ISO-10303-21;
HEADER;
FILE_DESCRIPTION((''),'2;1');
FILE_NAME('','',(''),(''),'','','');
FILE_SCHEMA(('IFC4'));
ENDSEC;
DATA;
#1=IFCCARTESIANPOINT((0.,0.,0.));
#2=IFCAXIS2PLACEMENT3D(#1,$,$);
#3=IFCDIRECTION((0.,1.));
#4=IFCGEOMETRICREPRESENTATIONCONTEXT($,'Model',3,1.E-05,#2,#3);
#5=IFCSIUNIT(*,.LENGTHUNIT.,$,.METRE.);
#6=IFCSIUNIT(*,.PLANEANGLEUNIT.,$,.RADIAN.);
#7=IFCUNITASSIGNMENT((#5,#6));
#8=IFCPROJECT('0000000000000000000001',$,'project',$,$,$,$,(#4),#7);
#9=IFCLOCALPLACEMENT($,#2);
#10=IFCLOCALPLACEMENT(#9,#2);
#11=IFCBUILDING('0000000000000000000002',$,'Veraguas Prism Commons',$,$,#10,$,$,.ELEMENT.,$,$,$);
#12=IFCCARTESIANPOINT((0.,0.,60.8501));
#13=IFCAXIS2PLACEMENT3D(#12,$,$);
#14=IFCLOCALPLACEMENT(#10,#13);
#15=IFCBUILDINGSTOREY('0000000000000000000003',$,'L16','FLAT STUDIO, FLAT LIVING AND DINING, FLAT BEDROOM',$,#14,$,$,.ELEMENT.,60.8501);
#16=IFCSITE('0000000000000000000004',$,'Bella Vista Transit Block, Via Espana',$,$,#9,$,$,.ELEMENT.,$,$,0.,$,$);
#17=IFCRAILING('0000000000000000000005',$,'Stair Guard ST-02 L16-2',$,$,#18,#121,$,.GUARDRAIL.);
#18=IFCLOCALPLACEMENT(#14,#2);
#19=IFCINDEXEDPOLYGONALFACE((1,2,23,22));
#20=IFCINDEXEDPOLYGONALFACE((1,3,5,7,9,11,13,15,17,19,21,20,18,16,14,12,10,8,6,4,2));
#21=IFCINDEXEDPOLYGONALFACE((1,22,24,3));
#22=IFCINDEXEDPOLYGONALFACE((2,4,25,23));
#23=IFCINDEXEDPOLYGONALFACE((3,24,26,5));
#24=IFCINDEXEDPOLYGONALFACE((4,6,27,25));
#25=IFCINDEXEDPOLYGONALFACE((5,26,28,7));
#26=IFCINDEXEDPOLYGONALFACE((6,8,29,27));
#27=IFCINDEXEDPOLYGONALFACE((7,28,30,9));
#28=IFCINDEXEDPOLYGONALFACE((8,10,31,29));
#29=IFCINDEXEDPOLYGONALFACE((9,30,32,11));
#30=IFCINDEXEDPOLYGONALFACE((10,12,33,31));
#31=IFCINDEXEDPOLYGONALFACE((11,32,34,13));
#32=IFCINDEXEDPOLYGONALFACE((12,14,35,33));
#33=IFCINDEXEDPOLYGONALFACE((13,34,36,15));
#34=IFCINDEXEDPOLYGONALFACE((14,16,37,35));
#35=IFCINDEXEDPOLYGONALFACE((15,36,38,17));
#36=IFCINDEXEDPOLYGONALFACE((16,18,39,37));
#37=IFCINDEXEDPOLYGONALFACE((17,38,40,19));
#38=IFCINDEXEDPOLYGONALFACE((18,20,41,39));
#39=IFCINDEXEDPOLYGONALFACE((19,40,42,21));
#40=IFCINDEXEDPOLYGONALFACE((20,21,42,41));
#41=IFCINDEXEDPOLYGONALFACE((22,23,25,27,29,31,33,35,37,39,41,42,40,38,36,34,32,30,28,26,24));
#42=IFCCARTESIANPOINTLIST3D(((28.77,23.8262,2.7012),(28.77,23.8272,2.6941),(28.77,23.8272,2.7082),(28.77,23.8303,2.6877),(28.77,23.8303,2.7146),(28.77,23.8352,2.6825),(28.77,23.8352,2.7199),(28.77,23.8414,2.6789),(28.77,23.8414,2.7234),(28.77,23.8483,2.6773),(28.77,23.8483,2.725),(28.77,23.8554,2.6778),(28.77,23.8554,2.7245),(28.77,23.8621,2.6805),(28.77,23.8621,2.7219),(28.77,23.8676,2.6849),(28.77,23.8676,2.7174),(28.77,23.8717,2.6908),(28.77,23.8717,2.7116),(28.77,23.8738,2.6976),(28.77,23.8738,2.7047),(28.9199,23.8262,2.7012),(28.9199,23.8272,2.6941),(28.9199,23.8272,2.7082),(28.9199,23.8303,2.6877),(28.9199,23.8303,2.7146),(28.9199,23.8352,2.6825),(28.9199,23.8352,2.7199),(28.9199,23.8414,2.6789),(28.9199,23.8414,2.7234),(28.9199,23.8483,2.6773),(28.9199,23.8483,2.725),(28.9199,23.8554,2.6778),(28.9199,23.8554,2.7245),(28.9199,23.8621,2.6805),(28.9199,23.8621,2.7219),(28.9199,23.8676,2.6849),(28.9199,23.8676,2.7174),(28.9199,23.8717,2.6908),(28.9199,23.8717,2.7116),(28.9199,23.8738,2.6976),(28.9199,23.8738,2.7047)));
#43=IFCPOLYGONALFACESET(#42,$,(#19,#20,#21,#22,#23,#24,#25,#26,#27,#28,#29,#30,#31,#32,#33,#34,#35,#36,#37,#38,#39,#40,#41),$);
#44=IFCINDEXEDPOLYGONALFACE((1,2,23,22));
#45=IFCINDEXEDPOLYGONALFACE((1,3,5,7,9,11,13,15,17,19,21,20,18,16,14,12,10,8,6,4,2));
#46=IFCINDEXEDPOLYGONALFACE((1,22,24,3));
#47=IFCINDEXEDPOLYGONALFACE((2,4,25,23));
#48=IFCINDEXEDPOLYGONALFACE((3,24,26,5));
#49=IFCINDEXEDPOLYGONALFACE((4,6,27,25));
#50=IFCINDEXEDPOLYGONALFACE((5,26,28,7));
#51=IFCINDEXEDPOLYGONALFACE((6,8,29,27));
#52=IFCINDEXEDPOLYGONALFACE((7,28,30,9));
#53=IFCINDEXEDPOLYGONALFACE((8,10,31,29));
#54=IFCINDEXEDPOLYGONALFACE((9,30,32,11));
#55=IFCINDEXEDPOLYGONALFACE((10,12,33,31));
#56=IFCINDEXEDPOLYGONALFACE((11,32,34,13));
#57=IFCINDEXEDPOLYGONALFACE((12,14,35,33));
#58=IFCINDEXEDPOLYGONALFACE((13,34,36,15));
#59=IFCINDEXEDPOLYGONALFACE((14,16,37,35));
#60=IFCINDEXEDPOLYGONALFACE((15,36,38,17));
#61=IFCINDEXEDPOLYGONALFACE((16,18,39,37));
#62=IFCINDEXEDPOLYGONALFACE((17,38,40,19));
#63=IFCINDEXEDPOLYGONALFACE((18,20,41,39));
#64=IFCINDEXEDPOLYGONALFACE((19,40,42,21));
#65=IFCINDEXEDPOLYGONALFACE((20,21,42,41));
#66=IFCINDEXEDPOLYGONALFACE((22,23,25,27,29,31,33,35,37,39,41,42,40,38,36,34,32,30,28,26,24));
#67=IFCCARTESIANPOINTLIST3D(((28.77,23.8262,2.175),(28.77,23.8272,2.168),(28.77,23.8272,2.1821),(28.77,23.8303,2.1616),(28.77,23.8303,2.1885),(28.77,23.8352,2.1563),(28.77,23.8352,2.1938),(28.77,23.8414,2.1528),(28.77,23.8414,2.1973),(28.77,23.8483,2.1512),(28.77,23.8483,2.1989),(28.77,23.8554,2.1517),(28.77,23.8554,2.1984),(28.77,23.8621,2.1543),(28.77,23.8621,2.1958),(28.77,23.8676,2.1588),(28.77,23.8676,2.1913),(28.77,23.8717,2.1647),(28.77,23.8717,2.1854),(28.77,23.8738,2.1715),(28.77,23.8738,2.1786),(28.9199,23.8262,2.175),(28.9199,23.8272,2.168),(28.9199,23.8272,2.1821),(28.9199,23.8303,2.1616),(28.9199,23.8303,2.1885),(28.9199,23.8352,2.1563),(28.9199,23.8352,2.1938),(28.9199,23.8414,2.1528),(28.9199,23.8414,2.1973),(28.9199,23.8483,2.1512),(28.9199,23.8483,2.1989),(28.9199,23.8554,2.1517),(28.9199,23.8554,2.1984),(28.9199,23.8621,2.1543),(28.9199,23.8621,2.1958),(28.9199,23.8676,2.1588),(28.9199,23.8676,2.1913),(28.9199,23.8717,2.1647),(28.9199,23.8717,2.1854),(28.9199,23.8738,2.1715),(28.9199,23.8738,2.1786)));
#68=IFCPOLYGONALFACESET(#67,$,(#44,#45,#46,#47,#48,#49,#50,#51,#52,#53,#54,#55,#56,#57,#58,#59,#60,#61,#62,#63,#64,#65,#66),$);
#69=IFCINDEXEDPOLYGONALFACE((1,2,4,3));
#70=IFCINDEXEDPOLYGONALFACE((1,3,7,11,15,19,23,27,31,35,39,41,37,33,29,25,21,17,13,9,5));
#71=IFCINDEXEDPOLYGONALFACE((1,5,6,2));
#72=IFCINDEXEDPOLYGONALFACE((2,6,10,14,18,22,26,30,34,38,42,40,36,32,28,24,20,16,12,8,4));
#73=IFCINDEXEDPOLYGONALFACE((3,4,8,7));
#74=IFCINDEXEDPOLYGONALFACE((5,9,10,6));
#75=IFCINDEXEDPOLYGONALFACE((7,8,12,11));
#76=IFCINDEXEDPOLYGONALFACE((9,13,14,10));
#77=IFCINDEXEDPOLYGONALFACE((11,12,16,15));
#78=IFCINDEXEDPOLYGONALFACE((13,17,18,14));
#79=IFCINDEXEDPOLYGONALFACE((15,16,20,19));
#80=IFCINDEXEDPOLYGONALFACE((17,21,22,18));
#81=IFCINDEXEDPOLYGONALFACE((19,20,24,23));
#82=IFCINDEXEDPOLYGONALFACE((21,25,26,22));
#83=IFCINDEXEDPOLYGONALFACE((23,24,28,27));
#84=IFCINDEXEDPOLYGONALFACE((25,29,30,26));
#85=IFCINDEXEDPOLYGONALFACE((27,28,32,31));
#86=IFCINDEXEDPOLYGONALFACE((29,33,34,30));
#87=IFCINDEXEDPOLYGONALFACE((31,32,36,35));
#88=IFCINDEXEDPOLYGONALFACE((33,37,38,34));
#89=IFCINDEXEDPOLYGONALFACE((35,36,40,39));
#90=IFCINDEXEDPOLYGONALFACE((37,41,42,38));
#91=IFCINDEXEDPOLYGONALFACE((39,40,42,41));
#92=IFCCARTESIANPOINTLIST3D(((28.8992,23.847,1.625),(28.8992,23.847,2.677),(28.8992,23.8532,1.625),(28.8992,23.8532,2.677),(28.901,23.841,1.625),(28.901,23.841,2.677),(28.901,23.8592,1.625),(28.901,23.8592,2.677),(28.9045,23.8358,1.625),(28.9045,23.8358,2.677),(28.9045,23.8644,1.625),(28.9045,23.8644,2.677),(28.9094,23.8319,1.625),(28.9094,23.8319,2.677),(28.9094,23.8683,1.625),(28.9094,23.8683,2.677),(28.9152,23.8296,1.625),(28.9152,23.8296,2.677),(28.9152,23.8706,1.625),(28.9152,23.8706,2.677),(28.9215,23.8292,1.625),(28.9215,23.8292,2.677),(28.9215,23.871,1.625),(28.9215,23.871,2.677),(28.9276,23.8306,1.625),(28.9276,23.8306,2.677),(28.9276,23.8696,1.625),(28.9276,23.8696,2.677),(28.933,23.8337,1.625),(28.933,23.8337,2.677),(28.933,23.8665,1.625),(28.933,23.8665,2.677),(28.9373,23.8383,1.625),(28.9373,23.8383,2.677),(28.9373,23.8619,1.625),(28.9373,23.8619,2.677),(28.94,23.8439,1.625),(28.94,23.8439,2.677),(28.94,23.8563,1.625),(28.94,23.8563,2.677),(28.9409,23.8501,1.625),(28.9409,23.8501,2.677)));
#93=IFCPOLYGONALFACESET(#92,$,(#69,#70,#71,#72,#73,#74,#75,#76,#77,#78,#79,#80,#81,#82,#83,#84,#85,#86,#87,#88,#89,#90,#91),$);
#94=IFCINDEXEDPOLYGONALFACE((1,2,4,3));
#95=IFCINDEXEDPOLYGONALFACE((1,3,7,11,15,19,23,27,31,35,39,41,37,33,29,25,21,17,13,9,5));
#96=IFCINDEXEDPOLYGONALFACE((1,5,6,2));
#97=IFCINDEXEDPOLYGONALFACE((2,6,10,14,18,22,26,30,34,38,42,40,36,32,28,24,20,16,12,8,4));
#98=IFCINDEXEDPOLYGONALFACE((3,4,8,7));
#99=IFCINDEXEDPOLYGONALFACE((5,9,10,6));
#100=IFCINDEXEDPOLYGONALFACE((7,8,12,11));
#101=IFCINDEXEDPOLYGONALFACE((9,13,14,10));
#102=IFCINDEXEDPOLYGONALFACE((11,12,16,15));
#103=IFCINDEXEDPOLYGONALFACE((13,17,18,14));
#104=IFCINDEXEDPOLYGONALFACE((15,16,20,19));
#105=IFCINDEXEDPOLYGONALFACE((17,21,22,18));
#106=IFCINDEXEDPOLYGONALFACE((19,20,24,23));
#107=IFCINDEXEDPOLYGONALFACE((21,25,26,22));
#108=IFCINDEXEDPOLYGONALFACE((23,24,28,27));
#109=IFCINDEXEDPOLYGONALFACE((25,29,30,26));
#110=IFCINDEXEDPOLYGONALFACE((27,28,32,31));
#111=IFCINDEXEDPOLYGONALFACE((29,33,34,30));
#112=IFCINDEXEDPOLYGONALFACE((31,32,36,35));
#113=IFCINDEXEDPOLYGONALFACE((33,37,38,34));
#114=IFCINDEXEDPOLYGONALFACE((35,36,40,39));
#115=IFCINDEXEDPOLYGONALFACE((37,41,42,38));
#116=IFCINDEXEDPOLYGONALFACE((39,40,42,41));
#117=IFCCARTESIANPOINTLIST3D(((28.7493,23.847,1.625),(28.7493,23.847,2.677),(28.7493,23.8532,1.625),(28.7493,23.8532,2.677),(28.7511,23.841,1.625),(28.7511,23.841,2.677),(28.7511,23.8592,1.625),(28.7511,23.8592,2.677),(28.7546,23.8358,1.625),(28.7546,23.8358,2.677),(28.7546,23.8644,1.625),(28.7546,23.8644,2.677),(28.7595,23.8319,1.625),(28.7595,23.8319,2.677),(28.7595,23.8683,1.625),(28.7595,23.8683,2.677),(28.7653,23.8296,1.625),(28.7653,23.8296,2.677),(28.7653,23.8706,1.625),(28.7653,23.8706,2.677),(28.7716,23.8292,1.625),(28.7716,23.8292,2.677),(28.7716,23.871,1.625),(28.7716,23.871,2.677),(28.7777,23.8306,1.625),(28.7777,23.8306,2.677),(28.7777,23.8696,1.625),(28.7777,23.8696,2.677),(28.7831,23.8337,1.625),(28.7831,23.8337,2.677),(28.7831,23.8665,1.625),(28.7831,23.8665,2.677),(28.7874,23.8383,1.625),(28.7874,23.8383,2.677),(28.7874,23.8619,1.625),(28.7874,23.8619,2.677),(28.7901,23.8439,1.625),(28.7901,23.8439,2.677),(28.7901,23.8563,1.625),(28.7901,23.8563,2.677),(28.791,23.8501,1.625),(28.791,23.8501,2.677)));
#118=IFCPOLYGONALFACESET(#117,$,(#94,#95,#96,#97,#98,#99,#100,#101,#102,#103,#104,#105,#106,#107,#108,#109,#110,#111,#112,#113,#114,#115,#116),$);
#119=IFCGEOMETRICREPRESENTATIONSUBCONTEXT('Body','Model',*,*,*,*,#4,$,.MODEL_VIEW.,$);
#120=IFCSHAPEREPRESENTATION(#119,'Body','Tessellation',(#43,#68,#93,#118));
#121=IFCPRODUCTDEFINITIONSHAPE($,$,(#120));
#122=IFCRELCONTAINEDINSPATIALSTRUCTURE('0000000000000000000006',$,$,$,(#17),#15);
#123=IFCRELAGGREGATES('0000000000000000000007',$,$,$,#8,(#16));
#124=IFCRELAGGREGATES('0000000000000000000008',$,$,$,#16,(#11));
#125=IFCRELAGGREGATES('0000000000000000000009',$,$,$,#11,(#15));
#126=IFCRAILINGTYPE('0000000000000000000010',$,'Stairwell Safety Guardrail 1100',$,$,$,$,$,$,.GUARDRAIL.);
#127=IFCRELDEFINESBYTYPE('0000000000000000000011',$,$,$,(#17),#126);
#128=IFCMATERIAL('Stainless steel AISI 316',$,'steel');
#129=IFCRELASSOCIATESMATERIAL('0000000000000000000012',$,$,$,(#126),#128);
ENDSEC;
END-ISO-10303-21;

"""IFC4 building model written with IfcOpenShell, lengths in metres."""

from ifc_helpers import new_model, si_unit, direction, frame, origin, origin_2d, place, context, subcontext, project, spatial, circle, extrude, material, type_object, element, save


model = new_model("IFC4")

# Units and contexts
model_context = context("Model", 3, precision=1e-05, world=origin(), true_north=direction((0.0, 1.0)))
body_context = subcontext(model_context, "Body", "Model", "MODEL_VIEW")
ifc_project = project(units=[si_unit("LENGTHUNIT", "METRE"), si_unit("PLANEANGLEUNIT", "RADIAN")], contexts=[model_context])

# Site, building, storey
site_placement = place(None, origin())
site = spatial("IfcSite", under=ifc_project, at=site_placement, Name="Bella Vista Transit Block, Via Espana", CompositionType="ELEMENT", RefElevation=0.0)
building_placement = place(site_placement, origin())
building = spatial("IfcBuilding", under=site, at=building_placement, Name="Veraguas Prism Commons", CompositionType="ELEMENT")
storey_placement = place(building_placement, frame((0.0, 0.0, 60.8501)))
storey = spatial("IfcBuildingStorey", under=building, at=storey_placement, Name="L16", Description="FLAT STUDIO, FLAT LIVING AND DINING, FLAT BEDROOM", CompositionType="ELEMENT", Elevation=60.8501)

# Shared definitions
ifc_material_1 = material(Name="Stainless steel AISI 316", Category="steel")

# Railing
railing_type_1 = type_object("IfcRailingType", Name="Stairwell Safety Guardrail 1100", PredefinedType="GUARDRAIL", material=ifc_material_1)
railing_1_placement = place(storey_placement, frame((28.9199, 23.8501, 1.625)))
element("IfcRailing", 1, at=railing_1_placement, inside=storey, type_object=railing_type_1, Name="Stair Guard ST-02 L16-2", PredefinedType="GUARDRAIL", context=body_context, shape_type="SweptSolid", body=[
    extrude(circle(Radius=0.0239, at=origin_2d()), frame((0.0, 0.0, 1.0762), z_axis=(-1.0, 0.0, 0.0), x_axis=(0.0, -1.0, 0.0)), (0.0, 0.0, 1.0), 0.1499),
    extrude(circle(Radius=0.0239, at=origin_2d()), frame((0.0, 0.0, 0.55), z_axis=(-1.0, 0.0, 0.0), x_axis=(0.0, -1.0, 0.0)), (0.0, 0.0, 1.0), 0.1499),
    extrude(circle(Radius=0.021, at=origin_2d()), origin(), (0.0, 0.0, 1.0), 1.052),
    extrude(circle(Radius=0.021, at=origin_2d()), frame((-0.1499, 0.0, 0.0)), (0.0, 0.0, 1.0), 1.052),
])

save(model, "model.ifc")
